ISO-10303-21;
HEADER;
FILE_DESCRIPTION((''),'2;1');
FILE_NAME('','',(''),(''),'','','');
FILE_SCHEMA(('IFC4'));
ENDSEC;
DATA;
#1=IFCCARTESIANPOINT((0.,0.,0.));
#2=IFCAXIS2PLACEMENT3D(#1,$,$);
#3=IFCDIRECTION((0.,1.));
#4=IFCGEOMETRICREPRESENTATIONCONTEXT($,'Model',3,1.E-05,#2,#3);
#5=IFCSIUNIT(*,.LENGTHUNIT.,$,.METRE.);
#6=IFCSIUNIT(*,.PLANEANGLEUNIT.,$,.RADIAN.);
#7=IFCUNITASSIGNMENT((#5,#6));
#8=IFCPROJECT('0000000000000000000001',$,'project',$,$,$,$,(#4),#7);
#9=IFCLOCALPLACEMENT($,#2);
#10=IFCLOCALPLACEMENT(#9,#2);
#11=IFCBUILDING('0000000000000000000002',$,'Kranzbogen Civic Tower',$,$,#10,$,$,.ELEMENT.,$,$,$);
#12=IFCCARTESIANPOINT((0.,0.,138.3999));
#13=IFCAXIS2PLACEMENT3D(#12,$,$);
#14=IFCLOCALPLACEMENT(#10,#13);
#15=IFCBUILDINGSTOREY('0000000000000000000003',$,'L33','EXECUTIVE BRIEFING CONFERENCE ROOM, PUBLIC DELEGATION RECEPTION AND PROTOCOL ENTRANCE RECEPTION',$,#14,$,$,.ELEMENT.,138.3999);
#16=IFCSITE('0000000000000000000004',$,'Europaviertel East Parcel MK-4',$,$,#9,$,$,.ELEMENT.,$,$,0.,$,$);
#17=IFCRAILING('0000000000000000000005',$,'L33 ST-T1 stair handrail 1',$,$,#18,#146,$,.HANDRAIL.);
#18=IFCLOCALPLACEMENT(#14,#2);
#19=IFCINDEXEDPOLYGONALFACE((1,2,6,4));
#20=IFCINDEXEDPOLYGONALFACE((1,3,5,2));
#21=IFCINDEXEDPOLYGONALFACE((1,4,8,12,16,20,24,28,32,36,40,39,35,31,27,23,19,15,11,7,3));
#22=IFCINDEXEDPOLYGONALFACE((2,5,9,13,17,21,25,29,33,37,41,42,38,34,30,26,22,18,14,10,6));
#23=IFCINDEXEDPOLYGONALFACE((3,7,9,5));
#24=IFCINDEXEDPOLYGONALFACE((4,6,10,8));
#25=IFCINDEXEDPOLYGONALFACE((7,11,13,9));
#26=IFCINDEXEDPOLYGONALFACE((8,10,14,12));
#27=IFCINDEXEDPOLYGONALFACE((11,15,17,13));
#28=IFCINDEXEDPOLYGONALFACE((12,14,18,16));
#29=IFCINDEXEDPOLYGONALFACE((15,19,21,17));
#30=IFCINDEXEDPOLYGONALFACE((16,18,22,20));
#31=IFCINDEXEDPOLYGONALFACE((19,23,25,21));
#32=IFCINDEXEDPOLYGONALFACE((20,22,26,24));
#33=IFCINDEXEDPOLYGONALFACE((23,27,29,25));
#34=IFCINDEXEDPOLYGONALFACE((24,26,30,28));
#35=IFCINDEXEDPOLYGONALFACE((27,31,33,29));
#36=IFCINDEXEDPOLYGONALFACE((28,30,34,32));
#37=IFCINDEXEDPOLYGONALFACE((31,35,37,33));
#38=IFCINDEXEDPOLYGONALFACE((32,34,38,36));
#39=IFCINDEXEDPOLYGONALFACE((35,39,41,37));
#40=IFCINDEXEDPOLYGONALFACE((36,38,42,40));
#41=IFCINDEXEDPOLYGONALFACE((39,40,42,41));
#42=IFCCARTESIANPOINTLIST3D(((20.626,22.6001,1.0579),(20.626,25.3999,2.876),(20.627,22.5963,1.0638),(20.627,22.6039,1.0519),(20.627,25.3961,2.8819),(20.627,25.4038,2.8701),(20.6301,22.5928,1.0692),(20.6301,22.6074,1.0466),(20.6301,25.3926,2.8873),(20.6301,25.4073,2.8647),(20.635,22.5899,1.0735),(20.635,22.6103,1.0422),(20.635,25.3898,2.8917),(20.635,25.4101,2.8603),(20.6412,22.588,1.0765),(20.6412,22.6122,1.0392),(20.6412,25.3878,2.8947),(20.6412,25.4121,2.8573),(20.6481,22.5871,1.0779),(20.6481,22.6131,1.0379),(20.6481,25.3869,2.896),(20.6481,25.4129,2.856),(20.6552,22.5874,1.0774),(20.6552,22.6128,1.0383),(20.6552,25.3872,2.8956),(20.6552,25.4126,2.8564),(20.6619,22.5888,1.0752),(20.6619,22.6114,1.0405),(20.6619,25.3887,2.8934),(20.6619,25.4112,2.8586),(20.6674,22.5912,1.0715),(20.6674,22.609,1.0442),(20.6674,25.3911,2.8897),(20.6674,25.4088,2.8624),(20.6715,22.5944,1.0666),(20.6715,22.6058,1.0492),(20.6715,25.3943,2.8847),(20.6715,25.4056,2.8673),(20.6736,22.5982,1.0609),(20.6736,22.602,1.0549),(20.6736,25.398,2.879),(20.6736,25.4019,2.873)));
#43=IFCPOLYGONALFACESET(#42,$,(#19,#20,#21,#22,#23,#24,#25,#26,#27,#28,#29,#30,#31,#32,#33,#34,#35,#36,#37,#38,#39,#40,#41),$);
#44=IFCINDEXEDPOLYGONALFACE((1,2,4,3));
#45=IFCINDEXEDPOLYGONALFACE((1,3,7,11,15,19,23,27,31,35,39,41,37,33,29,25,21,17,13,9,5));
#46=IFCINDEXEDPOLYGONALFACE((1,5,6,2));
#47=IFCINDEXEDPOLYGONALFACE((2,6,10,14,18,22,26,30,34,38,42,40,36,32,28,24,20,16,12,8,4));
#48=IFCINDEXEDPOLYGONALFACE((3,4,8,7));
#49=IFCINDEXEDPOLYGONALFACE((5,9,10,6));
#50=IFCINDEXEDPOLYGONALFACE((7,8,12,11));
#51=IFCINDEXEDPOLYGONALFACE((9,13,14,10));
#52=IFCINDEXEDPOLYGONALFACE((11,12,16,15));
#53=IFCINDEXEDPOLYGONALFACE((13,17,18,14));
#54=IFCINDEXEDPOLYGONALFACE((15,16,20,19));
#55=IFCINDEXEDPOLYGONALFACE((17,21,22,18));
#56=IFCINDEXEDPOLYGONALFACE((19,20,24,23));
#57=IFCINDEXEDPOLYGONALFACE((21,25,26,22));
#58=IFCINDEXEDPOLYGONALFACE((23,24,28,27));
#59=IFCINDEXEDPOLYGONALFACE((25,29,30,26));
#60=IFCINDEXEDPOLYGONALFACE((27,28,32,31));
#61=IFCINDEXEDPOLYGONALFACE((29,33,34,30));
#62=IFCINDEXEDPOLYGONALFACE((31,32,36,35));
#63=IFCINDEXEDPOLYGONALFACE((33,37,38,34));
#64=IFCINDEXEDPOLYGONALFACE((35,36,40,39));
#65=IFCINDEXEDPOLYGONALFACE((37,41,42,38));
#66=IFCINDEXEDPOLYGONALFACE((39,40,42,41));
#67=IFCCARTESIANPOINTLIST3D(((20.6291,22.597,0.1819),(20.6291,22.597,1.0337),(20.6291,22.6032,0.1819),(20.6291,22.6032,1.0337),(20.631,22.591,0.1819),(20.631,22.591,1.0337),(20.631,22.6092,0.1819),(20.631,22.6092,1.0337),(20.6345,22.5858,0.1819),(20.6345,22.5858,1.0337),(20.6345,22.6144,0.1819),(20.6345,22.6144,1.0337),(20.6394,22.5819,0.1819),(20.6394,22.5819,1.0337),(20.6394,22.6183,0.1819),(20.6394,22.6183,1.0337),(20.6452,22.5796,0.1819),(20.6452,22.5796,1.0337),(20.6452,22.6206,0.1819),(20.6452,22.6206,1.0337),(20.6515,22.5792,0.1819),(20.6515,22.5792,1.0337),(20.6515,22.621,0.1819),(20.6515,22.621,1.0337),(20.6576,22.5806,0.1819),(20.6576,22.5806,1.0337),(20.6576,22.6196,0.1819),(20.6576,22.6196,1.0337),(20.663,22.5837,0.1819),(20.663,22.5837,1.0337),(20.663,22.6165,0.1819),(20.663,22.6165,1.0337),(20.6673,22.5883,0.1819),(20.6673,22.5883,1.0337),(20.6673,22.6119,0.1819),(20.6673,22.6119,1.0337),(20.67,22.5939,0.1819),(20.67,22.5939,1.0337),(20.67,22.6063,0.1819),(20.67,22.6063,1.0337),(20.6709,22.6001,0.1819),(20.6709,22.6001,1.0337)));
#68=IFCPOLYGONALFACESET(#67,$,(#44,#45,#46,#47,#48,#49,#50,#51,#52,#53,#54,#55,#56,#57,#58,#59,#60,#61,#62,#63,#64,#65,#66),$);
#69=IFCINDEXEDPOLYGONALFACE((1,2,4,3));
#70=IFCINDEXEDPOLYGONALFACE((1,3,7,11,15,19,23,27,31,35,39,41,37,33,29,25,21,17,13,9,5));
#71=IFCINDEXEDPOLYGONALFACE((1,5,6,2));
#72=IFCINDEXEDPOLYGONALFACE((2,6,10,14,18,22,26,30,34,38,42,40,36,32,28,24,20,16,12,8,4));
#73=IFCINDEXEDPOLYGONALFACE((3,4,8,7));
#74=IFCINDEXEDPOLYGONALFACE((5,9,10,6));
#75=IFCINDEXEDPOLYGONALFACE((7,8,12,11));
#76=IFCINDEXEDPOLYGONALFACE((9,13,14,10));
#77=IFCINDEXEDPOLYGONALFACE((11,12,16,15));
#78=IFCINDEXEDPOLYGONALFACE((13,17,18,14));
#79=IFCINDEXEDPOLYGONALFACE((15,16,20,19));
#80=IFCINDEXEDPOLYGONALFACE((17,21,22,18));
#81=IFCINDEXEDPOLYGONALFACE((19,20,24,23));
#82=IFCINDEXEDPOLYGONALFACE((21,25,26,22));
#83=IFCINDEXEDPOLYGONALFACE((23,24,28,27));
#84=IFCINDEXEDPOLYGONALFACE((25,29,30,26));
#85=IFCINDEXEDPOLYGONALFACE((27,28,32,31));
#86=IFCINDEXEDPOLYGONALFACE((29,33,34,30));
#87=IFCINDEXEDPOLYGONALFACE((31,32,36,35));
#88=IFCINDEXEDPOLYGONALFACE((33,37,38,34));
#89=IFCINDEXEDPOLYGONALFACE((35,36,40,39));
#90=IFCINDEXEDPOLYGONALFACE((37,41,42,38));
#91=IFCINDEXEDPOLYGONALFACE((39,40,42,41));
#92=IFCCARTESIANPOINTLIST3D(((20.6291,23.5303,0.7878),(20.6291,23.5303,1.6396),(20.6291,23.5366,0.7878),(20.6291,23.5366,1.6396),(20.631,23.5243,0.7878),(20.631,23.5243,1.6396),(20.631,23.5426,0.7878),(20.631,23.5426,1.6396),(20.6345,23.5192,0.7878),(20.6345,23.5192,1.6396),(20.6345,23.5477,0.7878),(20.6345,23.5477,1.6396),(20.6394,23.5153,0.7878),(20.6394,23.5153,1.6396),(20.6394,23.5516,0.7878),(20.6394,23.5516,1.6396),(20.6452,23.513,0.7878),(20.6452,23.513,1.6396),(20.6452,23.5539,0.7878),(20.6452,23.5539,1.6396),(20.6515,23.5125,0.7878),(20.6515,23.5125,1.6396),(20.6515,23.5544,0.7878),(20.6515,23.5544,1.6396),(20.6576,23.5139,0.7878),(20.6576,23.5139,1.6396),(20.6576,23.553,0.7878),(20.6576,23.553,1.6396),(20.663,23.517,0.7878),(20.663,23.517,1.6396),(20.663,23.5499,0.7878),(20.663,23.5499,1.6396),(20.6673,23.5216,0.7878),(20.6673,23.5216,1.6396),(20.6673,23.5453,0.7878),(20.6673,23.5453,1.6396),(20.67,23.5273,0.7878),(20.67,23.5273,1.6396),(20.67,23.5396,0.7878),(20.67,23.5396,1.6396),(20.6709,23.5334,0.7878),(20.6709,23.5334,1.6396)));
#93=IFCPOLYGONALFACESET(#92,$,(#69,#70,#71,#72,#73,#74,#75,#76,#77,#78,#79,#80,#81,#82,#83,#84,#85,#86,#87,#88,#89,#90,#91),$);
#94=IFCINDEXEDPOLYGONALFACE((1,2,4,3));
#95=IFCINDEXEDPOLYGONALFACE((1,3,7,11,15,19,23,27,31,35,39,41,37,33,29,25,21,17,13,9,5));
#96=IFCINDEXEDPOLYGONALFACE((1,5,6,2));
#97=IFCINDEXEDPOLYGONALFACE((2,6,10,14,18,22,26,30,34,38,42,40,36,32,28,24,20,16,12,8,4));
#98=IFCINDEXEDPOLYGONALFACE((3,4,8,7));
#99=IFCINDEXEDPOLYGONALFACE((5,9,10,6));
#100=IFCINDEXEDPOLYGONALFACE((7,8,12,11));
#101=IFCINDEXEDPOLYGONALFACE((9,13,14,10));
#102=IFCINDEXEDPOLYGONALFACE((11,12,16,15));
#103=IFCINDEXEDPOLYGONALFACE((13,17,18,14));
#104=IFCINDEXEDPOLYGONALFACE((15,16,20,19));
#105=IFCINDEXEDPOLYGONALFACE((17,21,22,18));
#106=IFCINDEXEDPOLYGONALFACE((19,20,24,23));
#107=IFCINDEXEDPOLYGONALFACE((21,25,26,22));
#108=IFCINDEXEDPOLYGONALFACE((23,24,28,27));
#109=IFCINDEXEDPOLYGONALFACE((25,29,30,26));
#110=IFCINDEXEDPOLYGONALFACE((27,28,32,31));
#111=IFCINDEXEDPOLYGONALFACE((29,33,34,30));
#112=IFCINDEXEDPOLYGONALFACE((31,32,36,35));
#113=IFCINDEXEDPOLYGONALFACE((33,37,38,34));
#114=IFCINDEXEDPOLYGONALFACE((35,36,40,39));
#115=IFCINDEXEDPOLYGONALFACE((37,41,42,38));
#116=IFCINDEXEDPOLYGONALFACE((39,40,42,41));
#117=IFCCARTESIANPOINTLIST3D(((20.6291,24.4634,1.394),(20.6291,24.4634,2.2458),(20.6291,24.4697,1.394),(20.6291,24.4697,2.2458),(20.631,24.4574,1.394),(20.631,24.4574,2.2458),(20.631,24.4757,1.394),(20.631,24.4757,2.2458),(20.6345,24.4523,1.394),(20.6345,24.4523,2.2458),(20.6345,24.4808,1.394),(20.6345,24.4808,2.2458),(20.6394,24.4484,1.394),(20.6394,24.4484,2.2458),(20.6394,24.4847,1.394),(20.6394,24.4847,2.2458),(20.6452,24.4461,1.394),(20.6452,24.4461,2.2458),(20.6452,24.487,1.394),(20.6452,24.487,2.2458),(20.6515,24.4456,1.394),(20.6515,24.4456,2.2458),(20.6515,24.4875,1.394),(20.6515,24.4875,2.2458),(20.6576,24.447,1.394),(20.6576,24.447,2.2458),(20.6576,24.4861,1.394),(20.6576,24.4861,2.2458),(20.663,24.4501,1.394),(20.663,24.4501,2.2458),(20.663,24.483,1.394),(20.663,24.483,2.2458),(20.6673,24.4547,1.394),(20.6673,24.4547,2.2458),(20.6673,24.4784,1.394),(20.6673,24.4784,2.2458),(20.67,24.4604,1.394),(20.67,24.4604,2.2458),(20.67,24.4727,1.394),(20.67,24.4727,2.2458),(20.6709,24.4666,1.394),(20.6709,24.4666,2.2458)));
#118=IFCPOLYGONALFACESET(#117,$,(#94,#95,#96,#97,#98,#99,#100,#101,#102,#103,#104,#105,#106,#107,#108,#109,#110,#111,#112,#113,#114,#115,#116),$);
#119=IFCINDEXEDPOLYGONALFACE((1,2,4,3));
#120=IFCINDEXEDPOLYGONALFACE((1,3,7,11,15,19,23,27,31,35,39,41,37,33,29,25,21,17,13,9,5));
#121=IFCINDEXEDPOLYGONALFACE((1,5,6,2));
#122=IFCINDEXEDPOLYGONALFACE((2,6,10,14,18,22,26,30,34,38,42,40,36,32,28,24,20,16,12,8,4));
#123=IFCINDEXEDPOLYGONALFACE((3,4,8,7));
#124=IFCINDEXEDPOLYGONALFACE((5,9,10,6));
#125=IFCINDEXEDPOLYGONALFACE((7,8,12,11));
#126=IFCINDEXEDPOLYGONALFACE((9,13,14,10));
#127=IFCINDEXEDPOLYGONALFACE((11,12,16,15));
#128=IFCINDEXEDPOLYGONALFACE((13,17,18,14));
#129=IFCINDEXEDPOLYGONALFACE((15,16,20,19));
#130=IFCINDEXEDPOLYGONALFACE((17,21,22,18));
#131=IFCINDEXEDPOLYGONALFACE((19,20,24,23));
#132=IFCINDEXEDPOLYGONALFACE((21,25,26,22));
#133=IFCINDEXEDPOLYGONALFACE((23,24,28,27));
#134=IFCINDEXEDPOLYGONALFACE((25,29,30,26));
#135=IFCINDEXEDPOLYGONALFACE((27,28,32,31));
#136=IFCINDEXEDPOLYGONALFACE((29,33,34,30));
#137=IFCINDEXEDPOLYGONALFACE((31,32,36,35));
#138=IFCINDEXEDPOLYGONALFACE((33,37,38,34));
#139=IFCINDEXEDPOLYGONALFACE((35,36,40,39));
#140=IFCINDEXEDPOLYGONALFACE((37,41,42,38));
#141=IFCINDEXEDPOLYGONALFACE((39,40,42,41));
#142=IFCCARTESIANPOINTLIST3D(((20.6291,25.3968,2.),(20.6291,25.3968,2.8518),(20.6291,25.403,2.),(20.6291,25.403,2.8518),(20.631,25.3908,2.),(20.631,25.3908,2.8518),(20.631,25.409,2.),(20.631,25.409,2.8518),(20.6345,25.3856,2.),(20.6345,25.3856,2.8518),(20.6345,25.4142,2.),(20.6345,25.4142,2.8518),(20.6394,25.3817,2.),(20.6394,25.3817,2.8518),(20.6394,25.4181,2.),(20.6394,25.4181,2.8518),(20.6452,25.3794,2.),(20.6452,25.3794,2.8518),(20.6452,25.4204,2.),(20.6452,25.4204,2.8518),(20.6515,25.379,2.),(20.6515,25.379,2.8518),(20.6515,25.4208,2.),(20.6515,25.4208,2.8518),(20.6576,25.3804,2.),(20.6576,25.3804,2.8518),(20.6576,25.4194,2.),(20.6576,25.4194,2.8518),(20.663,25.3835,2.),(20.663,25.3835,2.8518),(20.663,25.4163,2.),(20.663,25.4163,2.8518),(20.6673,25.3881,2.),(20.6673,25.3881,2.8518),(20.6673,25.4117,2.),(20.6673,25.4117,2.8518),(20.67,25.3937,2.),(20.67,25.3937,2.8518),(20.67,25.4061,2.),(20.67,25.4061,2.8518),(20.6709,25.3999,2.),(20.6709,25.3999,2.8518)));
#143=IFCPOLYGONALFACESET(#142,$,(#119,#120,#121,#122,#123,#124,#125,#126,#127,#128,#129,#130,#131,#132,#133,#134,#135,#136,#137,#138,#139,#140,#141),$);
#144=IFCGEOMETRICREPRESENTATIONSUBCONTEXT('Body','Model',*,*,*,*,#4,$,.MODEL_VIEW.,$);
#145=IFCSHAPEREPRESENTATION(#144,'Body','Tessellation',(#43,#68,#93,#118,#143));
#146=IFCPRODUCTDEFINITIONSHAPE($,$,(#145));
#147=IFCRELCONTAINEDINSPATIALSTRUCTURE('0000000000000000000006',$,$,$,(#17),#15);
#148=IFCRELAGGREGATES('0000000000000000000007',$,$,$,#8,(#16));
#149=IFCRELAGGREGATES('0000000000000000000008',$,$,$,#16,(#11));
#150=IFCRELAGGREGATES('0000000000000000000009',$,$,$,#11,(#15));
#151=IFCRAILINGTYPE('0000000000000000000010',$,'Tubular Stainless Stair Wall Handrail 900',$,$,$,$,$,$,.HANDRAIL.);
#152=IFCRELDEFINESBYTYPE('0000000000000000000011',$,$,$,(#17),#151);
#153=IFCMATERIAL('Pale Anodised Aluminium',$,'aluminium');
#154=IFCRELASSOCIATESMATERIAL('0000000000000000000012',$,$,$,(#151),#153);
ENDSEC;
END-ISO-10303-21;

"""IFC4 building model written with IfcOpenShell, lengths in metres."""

from ifc_helpers import new_model, si_unit, direction, frame, origin, origin_2d, place, context, subcontext, project, spatial, circle, extrude, material, type_object, element, save


model = new_model("IFC4")

# Units and contexts
model_context = context("Model", 3, precision=1e-05, world=origin(), true_north=direction((0.0, 1.0)))
body_context = subcontext(model_context, "Body", "Model", "MODEL_VIEW")
ifc_project = project(units=[si_unit("LENGTHUNIT", "METRE"), si_unit("PLANEANGLEUNIT", "RADIAN")], contexts=[model_context])

# Site, building, storey
site_placement = place(None, origin())
site = spatial("IfcSite", under=ifc_project, at=site_placement, Name="Europaviertel East Parcel MK-4", CompositionType="ELEMENT", RefElevation=0.0)
building_placement = place(site_placement, origin())
building = spatial("IfcBuilding", under=site, at=building_placement, Name="Kranzbogen Civic Tower", CompositionType="ELEMENT")
storey_placement = place(building_placement, frame((0.0, 0.0, 138.3999)))
storey = spatial("IfcBuildingStorey", under=building, at=storey_placement, Name="L33", Description="EXECUTIVE BRIEFING CONFERENCE ROOM, PUBLIC DELEGATION RECEPTION AND PROTOCOL ENTRANCE RECEPTION", CompositionType="ELEMENT", Elevation=138.3999)

# Shared definitions
ifc_material_1 = material(Name="Pale Anodised Aluminium", Category="aluminium")

# Railing
railing_type_1 = type_object("IfcRailingType", Name="Tubular Stainless Stair Wall Handrail 900", PredefinedType="HANDRAIL", material=ifc_material_1)
railing_1_placement = place(storey_placement, frame((20.6499, 22.6001, 0.1819)))
element("IfcRailing", 1, at=railing_1_placement, inside=storey, type_object=railing_type_1, Name="L33 ST-T1 stair handrail 1", PredefinedType="HANDRAIL", context=body_context, shape_type="SweptSolid", body=[
    extrude(circle(Radius=0.0239, at=origin_2d()), frame((0.0, 0.0, 0.876), z_axis=(0.0, 0.838684, 0.544618), x_axis=(-1.0, 0.0, 0.0)), (0.0, 0.0, 1.0), 3.3384),
    extrude(circle(Radius=0.021, at=origin_2d()), origin(), (0.0, 0.0, 1.0), 0.8518),
    extrude(circle(Radius=0.021, at=origin_2d()), frame((0.0, 0.9333, 0.606)), (0.0, 0.0, 1.0), 0.8518),
    extrude(circle(Radius=0.021, at=origin_2d()), frame((0.0, 1.8665, 1.2122)), (0.0, 0.0, 1.0), 0.8518),
    extrude(circle(Radius=0.021, at=origin_2d()), frame((0.0, 2.7998, 1.8181)), (0.0, 0.0, 1.0), 0.8518),
])

save(model, "model.ifc")
